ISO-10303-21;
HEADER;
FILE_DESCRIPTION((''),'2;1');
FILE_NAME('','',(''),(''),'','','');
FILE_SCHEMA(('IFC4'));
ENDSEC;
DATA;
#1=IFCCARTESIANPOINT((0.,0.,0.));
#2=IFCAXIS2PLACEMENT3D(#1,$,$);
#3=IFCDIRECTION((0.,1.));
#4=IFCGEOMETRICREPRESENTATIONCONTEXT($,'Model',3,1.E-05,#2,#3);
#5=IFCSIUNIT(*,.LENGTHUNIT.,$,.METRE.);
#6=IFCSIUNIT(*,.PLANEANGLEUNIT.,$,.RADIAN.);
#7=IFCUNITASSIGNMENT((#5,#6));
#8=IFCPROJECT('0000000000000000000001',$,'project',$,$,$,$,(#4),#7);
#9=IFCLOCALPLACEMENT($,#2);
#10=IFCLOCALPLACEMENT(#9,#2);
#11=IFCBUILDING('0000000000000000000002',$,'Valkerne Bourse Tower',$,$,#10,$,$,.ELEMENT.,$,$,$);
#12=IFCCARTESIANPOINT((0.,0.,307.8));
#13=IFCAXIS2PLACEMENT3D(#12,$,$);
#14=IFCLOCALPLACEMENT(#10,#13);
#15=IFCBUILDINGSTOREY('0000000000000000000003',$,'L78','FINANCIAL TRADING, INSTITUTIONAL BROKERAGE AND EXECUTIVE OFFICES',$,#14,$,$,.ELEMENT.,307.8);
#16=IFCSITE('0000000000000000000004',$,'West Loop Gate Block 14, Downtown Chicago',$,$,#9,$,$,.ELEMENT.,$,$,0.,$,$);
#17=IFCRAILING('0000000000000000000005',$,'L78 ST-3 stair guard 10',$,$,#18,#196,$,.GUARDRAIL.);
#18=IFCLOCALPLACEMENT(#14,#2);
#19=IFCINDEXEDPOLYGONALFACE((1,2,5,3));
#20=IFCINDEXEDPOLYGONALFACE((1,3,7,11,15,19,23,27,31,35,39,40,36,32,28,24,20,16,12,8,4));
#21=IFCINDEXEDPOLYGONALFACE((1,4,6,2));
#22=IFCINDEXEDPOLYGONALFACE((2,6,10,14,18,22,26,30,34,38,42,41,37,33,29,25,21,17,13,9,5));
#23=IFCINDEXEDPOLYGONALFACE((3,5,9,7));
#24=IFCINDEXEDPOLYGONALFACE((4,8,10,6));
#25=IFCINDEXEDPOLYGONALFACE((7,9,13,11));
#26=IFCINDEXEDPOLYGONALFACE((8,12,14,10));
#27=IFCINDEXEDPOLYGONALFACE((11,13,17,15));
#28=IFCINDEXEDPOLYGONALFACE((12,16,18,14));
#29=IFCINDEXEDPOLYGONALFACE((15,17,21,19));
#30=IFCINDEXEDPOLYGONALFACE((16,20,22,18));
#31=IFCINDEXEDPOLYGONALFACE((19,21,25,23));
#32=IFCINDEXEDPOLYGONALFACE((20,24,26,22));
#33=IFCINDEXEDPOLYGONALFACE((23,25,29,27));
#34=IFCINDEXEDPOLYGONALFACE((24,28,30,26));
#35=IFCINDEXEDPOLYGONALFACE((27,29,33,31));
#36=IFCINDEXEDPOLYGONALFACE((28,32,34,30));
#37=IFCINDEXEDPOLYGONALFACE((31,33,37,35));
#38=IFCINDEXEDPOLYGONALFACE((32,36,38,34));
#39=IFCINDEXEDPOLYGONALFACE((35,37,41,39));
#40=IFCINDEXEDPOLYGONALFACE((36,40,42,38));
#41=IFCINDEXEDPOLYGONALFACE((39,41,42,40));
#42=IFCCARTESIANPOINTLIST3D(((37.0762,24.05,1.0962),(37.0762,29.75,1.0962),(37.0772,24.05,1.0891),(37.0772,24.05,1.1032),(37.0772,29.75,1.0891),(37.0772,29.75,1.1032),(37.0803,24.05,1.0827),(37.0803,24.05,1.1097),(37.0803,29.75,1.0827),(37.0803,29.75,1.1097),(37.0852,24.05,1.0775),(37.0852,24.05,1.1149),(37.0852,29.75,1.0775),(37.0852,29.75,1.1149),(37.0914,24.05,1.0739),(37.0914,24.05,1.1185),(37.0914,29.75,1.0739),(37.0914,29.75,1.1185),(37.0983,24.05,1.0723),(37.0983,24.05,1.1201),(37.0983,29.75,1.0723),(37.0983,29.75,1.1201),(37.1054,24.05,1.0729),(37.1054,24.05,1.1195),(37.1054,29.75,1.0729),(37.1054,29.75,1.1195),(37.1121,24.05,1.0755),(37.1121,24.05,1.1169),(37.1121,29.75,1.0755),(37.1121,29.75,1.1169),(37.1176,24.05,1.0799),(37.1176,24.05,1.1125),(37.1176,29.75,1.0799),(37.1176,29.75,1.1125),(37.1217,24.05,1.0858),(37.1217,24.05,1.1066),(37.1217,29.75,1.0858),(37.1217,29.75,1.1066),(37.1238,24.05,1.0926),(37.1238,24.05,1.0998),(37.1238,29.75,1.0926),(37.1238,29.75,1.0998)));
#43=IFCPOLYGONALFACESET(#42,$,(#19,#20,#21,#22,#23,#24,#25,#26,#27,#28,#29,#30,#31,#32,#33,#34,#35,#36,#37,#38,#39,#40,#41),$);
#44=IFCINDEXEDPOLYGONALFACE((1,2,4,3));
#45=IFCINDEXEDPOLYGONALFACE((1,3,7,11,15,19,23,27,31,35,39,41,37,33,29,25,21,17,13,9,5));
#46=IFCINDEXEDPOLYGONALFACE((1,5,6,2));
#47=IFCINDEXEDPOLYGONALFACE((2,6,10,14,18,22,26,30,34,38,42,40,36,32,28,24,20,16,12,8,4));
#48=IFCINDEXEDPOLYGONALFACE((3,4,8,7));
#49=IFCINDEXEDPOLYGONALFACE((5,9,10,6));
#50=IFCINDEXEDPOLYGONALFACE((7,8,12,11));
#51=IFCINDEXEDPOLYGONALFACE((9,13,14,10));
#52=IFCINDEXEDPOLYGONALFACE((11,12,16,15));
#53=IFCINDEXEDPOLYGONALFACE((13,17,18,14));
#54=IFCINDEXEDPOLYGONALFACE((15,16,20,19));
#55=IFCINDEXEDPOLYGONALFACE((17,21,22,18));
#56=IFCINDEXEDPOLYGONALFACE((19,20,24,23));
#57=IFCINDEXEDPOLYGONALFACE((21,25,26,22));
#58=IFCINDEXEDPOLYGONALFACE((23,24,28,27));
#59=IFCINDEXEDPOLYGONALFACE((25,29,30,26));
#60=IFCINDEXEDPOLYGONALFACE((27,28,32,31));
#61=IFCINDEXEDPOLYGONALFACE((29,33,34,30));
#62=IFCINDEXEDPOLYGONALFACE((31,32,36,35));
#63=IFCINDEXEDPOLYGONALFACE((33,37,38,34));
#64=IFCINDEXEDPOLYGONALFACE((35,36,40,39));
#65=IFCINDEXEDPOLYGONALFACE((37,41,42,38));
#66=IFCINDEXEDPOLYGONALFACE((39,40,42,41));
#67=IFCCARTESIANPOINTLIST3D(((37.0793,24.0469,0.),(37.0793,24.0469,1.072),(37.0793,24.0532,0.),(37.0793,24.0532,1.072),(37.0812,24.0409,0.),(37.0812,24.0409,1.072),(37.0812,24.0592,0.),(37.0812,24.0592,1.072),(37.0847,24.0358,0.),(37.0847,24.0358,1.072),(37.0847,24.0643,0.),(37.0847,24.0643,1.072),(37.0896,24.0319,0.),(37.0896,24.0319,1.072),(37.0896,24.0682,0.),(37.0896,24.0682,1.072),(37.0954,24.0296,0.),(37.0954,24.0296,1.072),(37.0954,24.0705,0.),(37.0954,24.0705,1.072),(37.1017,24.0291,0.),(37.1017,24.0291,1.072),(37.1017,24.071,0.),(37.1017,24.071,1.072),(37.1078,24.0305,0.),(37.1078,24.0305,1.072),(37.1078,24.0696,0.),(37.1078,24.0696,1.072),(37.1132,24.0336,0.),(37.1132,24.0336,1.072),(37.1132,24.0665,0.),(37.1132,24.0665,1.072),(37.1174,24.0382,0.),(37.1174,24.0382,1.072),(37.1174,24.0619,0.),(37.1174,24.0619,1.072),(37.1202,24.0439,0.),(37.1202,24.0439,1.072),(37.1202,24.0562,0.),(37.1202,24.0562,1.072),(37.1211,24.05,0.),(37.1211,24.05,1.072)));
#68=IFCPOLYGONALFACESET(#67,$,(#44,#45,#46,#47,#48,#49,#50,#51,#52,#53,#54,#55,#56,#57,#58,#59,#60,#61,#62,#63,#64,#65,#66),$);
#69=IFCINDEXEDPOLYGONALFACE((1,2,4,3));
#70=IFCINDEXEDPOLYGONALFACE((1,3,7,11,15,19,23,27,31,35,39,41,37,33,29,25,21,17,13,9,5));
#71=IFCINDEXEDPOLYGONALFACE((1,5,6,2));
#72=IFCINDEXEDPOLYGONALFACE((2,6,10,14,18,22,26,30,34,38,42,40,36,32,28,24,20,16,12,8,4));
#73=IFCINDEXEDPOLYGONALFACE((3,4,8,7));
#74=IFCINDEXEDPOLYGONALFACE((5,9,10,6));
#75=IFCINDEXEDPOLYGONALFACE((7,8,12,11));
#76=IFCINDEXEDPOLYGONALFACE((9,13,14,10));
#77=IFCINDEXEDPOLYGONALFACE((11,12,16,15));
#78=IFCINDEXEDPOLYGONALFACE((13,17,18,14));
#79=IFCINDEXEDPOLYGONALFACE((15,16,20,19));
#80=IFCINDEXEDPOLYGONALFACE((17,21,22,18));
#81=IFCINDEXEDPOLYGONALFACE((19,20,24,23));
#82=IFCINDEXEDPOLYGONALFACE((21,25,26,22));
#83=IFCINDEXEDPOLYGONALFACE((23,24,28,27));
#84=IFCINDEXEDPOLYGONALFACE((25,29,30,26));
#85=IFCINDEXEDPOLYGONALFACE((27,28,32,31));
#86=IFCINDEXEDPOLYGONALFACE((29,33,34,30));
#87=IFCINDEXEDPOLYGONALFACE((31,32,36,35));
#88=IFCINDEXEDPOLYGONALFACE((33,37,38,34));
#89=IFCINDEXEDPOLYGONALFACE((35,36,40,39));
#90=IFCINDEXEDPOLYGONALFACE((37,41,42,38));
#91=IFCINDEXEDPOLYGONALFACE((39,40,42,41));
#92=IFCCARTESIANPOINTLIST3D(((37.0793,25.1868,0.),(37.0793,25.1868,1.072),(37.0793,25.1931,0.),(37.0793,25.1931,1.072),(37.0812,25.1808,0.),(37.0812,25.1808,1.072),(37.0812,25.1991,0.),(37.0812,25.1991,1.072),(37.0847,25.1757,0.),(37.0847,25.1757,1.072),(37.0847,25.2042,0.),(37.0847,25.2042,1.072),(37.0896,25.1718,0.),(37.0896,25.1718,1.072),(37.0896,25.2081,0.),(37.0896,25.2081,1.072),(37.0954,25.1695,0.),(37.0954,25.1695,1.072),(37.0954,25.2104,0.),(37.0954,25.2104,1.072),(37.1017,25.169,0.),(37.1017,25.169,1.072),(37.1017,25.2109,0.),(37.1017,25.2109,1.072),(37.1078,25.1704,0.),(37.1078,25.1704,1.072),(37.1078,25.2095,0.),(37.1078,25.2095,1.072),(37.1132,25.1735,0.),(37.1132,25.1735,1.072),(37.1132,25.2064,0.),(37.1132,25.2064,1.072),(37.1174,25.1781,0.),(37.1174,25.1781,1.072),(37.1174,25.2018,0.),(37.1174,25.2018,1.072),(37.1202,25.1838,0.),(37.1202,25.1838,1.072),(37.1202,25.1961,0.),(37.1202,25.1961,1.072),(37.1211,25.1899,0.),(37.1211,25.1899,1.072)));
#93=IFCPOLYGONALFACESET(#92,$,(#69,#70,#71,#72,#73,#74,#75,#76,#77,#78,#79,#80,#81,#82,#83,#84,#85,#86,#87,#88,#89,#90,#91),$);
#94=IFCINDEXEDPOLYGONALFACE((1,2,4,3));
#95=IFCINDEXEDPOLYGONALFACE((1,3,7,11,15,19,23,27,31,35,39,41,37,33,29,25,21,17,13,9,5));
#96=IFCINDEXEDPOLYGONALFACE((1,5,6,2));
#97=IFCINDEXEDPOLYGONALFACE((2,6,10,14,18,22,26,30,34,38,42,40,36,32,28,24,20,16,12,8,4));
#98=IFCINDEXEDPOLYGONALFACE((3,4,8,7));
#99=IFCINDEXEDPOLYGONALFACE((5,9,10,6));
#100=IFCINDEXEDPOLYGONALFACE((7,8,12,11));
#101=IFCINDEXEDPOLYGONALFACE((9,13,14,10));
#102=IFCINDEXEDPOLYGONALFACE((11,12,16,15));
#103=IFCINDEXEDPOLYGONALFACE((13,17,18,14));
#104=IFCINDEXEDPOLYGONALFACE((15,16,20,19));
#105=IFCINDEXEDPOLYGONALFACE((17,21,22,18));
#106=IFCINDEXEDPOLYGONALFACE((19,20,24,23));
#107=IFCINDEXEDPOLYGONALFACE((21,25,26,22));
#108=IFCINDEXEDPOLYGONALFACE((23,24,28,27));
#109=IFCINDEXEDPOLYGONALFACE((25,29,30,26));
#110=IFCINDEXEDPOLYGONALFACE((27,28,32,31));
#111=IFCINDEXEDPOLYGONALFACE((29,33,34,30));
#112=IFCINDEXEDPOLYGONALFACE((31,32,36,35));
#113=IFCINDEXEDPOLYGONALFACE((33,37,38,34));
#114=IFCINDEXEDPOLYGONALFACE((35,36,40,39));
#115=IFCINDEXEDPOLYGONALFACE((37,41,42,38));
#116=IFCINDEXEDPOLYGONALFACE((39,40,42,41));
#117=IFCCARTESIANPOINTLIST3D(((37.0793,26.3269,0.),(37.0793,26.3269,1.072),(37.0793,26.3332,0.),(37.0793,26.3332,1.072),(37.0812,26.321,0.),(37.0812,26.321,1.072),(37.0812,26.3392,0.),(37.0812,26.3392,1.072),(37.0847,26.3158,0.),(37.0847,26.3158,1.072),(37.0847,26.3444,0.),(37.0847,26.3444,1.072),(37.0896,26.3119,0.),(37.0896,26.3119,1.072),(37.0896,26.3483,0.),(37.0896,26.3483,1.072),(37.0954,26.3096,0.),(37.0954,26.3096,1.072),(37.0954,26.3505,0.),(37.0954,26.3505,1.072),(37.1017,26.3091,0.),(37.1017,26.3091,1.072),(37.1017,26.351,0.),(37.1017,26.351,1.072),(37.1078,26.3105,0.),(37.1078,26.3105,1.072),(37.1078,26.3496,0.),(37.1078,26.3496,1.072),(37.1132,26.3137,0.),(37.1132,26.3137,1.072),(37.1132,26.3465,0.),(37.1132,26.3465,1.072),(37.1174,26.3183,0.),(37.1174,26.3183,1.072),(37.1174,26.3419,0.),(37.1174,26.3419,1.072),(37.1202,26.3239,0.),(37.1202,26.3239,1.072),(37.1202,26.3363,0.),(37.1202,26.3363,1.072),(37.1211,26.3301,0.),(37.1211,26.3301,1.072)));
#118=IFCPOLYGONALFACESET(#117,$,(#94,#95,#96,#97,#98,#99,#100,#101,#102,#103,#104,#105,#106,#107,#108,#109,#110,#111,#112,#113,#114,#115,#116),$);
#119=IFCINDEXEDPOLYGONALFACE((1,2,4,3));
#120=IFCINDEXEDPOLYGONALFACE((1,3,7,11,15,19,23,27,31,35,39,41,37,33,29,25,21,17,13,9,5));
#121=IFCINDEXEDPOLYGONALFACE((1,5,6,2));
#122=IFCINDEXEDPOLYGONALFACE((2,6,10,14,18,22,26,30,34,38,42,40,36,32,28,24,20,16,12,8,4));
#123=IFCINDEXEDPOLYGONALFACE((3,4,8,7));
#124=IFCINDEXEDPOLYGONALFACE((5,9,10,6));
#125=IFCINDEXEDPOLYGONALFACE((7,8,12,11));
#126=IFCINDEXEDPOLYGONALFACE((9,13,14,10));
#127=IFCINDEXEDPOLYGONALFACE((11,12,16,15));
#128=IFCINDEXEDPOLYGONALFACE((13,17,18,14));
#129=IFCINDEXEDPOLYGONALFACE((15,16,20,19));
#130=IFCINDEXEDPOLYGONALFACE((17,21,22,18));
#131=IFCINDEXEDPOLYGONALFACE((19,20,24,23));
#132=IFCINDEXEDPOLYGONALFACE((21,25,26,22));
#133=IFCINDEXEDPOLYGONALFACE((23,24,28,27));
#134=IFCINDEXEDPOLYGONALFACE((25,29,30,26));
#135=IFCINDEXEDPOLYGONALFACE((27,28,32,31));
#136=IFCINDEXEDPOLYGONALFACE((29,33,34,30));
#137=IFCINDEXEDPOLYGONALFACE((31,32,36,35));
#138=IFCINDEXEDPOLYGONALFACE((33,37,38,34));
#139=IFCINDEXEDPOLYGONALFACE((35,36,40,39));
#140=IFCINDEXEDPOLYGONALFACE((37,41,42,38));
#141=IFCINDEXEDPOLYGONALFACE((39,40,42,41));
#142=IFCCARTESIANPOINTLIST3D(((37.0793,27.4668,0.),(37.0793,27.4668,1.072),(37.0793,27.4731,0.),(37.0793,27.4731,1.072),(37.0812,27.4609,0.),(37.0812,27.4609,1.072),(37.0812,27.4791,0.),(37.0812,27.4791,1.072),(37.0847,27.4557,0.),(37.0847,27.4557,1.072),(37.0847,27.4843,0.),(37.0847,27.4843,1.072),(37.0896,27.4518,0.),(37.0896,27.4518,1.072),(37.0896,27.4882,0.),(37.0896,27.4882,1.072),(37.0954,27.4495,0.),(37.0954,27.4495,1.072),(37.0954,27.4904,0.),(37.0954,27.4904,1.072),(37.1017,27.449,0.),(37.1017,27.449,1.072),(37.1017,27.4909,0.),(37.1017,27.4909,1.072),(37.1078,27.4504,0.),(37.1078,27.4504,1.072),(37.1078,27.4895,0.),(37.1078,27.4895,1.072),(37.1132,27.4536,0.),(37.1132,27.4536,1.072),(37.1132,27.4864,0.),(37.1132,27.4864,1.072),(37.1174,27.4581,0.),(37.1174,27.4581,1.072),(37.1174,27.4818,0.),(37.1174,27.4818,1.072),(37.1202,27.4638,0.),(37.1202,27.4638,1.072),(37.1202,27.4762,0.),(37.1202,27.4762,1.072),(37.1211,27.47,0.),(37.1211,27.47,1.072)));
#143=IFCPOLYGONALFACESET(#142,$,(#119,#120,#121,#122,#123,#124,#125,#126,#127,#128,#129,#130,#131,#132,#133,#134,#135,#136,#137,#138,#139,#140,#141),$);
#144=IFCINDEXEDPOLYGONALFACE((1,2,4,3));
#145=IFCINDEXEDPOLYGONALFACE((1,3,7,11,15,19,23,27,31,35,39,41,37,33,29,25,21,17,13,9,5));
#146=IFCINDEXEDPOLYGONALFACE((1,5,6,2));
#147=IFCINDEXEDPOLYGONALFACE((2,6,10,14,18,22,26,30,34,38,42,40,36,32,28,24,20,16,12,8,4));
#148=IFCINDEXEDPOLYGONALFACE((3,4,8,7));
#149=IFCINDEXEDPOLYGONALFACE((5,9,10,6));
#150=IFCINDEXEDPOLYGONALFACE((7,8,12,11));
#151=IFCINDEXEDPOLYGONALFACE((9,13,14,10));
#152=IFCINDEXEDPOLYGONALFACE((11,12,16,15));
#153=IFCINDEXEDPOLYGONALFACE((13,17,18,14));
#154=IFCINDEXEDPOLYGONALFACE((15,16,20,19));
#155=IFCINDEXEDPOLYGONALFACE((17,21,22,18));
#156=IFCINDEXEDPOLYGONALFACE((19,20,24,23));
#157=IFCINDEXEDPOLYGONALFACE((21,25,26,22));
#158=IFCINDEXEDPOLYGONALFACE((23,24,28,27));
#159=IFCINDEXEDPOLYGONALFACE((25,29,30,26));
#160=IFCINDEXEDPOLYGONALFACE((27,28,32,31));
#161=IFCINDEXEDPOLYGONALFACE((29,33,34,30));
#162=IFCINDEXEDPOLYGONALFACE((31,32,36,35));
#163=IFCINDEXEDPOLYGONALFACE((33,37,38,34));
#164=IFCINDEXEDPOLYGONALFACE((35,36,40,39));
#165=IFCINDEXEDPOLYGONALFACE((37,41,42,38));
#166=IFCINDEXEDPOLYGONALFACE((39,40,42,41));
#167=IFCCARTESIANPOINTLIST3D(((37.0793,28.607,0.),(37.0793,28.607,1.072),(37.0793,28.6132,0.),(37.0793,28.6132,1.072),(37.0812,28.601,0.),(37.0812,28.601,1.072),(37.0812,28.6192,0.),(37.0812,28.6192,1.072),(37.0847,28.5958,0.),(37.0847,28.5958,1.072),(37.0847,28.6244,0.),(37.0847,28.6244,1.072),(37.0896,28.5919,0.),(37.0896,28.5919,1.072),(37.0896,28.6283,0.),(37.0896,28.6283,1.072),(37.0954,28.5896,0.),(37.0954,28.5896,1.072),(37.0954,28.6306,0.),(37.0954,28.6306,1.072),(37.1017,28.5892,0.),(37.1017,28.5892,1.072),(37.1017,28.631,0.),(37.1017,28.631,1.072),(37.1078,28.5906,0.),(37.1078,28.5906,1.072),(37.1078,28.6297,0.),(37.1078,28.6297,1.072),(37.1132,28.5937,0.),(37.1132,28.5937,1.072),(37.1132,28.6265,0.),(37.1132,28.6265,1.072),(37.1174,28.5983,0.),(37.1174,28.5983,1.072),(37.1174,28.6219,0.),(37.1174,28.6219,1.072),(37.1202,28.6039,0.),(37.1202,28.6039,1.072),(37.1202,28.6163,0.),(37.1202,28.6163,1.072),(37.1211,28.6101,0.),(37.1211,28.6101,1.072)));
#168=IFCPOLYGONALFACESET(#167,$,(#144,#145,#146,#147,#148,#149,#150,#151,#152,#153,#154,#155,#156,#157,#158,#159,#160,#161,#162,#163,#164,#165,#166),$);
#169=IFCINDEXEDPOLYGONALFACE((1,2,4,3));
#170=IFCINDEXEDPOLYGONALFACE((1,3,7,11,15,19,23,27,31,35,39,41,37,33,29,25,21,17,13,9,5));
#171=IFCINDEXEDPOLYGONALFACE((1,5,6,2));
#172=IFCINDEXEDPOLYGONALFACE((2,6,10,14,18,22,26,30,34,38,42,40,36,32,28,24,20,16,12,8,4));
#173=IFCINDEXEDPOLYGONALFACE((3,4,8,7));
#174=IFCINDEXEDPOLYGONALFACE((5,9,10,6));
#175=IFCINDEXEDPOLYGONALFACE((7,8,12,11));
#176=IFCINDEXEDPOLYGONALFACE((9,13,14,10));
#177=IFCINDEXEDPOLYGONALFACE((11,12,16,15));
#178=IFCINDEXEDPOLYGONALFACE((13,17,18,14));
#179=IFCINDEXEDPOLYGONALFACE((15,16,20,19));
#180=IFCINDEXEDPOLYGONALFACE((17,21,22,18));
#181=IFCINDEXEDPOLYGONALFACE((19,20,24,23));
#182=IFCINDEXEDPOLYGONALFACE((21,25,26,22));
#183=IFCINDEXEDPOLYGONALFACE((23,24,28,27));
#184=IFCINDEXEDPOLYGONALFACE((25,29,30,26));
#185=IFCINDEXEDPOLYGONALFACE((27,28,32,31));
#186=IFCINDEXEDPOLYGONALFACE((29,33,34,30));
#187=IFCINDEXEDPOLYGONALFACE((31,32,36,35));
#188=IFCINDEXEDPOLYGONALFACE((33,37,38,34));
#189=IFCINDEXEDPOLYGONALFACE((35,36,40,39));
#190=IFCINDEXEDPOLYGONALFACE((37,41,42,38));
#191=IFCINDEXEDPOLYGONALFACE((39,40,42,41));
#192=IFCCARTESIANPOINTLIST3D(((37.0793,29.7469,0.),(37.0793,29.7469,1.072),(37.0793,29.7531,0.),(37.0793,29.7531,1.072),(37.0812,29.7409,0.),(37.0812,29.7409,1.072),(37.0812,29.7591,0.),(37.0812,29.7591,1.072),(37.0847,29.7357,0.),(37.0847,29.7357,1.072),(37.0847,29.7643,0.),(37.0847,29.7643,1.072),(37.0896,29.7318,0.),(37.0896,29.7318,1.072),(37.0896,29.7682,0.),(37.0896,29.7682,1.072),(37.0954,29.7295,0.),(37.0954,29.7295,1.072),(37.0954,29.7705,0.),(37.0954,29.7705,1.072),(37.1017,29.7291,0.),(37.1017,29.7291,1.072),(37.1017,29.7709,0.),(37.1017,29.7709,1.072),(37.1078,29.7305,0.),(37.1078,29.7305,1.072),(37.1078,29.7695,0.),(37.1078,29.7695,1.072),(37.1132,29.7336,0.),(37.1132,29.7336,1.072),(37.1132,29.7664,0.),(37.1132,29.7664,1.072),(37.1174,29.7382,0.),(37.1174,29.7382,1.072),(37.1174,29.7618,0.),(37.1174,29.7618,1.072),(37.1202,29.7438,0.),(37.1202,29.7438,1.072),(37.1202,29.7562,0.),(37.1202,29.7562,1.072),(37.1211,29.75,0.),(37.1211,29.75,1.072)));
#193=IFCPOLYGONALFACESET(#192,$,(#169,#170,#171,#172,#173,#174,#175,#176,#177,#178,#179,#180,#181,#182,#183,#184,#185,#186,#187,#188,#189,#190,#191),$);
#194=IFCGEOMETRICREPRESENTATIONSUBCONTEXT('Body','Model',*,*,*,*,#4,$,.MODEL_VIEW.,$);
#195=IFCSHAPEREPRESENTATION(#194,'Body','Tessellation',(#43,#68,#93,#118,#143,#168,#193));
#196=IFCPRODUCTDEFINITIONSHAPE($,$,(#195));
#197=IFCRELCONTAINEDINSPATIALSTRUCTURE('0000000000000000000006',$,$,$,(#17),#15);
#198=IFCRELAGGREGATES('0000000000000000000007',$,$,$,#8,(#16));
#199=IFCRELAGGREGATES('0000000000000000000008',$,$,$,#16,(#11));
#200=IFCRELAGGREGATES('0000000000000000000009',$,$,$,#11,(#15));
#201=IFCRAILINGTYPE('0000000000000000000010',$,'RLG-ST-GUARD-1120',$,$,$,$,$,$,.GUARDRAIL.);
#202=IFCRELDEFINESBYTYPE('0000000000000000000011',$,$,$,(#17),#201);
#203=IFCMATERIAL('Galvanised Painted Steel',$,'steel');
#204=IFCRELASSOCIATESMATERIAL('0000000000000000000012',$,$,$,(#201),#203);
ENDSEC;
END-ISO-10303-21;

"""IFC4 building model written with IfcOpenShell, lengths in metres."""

from ifc_helpers import new_model, si_unit, direction, frame, origin, origin_2d, place, context, subcontext, project, spatial, circle, extrude, material, type_object, element, save


model = new_model("IFC4")

# Units and contexts
model_context = context("Model", 3, precision=1e-05, world=origin(), true_north=direction((0.0, 1.0)))
body_context = subcontext(model_context, "Body", "Model", "MODEL_VIEW")
ifc_project = project(units=[si_unit("LENGTHUNIT", "METRE"), si_unit("PLANEANGLEUNIT", "RADIAN")], contexts=[model_context])

# Site, building, storey
site_placement = place(None, origin())
site = spatial("IfcSite", under=ifc_project, at=site_placement, Name="West Loop Gate Block 14, Downtown Chicago", CompositionType="ELEMENT", RefElevation=0.0)
building_placement = place(site_placement, origin())
building = spatial("IfcBuilding", under=site, at=building_placement, Name="Valkerne Bourse Tower", CompositionType="ELEMENT")
storey_placement = place(building_placement, frame((0.0, 0.0, 307.8)))
storey = spatial("IfcBuildingStorey", under=building, at=storey_placement, Name="L78", Description="FINANCIAL TRADING, INSTITUTIONAL BROKERAGE AND EXECUTIVE OFFICES", CompositionType="ELEMENT", Elevation=307.8)

# Railing
ifc_material_1 = material(Name="Galvanised Painted Steel", Category="steel")
railing_type_1 = type_object("IfcRailingType", Name="RLG-ST-GUARD-1120", PredefinedType="GUARDRAIL", material=ifc_material_1)
railing_1_placement = place(storey_placement, frame((37.1001, 24.05, 0.0)))
element("IfcRailing", 1, at=railing_1_placement, inside=storey, type_object=railing_type_1, Name="L78 ST-3 stair guard 10", PredefinedType="GUARDRAIL", context=body_context, shape_type="SweptSolid", body=[
    extrude(circle(Radius=0.0239, at=origin_2d()), frame((0.0, 0.0, 1.0962), z_axis=(0.0, 1.0, 0.0), x_axis=(-1.0, 0.0, 0.0)), (0.0, 0.0, 1.0), 5.7),
    extrude(circle(Radius=0.021, at=origin_2d()), origin(), (0.0, 0.0, 1.0), 1.072),
    extrude(circle(Radius=0.021, at=origin_2d()), frame((0.0, 1.1399, 0.0)), (0.0, 0.0, 1.0), 1.072),
    extrude(circle(Radius=0.021, at=origin_2d()), frame((0.0, 2.28, 0.0)), (0.0, 0.0, 1.0), 1.072),
    extrude(circle(Radius=0.021, at=origin_2d()), frame((0.0, 3.4199, 0.0)), (0.0, 0.0, 1.0), 1.072),
    extrude(circle(Radius=0.021, at=origin_2d()), frame((0.0, 4.5601, 0.0)), (0.0, 0.0, 1.0), 1.072),
    extrude(circle(Radius=0.021, at=origin_2d()), frame((0.0, 5.7, 0.0)), (0.0, 0.0, 1.0), 1.072),
])

save(model, "model.ifc")
